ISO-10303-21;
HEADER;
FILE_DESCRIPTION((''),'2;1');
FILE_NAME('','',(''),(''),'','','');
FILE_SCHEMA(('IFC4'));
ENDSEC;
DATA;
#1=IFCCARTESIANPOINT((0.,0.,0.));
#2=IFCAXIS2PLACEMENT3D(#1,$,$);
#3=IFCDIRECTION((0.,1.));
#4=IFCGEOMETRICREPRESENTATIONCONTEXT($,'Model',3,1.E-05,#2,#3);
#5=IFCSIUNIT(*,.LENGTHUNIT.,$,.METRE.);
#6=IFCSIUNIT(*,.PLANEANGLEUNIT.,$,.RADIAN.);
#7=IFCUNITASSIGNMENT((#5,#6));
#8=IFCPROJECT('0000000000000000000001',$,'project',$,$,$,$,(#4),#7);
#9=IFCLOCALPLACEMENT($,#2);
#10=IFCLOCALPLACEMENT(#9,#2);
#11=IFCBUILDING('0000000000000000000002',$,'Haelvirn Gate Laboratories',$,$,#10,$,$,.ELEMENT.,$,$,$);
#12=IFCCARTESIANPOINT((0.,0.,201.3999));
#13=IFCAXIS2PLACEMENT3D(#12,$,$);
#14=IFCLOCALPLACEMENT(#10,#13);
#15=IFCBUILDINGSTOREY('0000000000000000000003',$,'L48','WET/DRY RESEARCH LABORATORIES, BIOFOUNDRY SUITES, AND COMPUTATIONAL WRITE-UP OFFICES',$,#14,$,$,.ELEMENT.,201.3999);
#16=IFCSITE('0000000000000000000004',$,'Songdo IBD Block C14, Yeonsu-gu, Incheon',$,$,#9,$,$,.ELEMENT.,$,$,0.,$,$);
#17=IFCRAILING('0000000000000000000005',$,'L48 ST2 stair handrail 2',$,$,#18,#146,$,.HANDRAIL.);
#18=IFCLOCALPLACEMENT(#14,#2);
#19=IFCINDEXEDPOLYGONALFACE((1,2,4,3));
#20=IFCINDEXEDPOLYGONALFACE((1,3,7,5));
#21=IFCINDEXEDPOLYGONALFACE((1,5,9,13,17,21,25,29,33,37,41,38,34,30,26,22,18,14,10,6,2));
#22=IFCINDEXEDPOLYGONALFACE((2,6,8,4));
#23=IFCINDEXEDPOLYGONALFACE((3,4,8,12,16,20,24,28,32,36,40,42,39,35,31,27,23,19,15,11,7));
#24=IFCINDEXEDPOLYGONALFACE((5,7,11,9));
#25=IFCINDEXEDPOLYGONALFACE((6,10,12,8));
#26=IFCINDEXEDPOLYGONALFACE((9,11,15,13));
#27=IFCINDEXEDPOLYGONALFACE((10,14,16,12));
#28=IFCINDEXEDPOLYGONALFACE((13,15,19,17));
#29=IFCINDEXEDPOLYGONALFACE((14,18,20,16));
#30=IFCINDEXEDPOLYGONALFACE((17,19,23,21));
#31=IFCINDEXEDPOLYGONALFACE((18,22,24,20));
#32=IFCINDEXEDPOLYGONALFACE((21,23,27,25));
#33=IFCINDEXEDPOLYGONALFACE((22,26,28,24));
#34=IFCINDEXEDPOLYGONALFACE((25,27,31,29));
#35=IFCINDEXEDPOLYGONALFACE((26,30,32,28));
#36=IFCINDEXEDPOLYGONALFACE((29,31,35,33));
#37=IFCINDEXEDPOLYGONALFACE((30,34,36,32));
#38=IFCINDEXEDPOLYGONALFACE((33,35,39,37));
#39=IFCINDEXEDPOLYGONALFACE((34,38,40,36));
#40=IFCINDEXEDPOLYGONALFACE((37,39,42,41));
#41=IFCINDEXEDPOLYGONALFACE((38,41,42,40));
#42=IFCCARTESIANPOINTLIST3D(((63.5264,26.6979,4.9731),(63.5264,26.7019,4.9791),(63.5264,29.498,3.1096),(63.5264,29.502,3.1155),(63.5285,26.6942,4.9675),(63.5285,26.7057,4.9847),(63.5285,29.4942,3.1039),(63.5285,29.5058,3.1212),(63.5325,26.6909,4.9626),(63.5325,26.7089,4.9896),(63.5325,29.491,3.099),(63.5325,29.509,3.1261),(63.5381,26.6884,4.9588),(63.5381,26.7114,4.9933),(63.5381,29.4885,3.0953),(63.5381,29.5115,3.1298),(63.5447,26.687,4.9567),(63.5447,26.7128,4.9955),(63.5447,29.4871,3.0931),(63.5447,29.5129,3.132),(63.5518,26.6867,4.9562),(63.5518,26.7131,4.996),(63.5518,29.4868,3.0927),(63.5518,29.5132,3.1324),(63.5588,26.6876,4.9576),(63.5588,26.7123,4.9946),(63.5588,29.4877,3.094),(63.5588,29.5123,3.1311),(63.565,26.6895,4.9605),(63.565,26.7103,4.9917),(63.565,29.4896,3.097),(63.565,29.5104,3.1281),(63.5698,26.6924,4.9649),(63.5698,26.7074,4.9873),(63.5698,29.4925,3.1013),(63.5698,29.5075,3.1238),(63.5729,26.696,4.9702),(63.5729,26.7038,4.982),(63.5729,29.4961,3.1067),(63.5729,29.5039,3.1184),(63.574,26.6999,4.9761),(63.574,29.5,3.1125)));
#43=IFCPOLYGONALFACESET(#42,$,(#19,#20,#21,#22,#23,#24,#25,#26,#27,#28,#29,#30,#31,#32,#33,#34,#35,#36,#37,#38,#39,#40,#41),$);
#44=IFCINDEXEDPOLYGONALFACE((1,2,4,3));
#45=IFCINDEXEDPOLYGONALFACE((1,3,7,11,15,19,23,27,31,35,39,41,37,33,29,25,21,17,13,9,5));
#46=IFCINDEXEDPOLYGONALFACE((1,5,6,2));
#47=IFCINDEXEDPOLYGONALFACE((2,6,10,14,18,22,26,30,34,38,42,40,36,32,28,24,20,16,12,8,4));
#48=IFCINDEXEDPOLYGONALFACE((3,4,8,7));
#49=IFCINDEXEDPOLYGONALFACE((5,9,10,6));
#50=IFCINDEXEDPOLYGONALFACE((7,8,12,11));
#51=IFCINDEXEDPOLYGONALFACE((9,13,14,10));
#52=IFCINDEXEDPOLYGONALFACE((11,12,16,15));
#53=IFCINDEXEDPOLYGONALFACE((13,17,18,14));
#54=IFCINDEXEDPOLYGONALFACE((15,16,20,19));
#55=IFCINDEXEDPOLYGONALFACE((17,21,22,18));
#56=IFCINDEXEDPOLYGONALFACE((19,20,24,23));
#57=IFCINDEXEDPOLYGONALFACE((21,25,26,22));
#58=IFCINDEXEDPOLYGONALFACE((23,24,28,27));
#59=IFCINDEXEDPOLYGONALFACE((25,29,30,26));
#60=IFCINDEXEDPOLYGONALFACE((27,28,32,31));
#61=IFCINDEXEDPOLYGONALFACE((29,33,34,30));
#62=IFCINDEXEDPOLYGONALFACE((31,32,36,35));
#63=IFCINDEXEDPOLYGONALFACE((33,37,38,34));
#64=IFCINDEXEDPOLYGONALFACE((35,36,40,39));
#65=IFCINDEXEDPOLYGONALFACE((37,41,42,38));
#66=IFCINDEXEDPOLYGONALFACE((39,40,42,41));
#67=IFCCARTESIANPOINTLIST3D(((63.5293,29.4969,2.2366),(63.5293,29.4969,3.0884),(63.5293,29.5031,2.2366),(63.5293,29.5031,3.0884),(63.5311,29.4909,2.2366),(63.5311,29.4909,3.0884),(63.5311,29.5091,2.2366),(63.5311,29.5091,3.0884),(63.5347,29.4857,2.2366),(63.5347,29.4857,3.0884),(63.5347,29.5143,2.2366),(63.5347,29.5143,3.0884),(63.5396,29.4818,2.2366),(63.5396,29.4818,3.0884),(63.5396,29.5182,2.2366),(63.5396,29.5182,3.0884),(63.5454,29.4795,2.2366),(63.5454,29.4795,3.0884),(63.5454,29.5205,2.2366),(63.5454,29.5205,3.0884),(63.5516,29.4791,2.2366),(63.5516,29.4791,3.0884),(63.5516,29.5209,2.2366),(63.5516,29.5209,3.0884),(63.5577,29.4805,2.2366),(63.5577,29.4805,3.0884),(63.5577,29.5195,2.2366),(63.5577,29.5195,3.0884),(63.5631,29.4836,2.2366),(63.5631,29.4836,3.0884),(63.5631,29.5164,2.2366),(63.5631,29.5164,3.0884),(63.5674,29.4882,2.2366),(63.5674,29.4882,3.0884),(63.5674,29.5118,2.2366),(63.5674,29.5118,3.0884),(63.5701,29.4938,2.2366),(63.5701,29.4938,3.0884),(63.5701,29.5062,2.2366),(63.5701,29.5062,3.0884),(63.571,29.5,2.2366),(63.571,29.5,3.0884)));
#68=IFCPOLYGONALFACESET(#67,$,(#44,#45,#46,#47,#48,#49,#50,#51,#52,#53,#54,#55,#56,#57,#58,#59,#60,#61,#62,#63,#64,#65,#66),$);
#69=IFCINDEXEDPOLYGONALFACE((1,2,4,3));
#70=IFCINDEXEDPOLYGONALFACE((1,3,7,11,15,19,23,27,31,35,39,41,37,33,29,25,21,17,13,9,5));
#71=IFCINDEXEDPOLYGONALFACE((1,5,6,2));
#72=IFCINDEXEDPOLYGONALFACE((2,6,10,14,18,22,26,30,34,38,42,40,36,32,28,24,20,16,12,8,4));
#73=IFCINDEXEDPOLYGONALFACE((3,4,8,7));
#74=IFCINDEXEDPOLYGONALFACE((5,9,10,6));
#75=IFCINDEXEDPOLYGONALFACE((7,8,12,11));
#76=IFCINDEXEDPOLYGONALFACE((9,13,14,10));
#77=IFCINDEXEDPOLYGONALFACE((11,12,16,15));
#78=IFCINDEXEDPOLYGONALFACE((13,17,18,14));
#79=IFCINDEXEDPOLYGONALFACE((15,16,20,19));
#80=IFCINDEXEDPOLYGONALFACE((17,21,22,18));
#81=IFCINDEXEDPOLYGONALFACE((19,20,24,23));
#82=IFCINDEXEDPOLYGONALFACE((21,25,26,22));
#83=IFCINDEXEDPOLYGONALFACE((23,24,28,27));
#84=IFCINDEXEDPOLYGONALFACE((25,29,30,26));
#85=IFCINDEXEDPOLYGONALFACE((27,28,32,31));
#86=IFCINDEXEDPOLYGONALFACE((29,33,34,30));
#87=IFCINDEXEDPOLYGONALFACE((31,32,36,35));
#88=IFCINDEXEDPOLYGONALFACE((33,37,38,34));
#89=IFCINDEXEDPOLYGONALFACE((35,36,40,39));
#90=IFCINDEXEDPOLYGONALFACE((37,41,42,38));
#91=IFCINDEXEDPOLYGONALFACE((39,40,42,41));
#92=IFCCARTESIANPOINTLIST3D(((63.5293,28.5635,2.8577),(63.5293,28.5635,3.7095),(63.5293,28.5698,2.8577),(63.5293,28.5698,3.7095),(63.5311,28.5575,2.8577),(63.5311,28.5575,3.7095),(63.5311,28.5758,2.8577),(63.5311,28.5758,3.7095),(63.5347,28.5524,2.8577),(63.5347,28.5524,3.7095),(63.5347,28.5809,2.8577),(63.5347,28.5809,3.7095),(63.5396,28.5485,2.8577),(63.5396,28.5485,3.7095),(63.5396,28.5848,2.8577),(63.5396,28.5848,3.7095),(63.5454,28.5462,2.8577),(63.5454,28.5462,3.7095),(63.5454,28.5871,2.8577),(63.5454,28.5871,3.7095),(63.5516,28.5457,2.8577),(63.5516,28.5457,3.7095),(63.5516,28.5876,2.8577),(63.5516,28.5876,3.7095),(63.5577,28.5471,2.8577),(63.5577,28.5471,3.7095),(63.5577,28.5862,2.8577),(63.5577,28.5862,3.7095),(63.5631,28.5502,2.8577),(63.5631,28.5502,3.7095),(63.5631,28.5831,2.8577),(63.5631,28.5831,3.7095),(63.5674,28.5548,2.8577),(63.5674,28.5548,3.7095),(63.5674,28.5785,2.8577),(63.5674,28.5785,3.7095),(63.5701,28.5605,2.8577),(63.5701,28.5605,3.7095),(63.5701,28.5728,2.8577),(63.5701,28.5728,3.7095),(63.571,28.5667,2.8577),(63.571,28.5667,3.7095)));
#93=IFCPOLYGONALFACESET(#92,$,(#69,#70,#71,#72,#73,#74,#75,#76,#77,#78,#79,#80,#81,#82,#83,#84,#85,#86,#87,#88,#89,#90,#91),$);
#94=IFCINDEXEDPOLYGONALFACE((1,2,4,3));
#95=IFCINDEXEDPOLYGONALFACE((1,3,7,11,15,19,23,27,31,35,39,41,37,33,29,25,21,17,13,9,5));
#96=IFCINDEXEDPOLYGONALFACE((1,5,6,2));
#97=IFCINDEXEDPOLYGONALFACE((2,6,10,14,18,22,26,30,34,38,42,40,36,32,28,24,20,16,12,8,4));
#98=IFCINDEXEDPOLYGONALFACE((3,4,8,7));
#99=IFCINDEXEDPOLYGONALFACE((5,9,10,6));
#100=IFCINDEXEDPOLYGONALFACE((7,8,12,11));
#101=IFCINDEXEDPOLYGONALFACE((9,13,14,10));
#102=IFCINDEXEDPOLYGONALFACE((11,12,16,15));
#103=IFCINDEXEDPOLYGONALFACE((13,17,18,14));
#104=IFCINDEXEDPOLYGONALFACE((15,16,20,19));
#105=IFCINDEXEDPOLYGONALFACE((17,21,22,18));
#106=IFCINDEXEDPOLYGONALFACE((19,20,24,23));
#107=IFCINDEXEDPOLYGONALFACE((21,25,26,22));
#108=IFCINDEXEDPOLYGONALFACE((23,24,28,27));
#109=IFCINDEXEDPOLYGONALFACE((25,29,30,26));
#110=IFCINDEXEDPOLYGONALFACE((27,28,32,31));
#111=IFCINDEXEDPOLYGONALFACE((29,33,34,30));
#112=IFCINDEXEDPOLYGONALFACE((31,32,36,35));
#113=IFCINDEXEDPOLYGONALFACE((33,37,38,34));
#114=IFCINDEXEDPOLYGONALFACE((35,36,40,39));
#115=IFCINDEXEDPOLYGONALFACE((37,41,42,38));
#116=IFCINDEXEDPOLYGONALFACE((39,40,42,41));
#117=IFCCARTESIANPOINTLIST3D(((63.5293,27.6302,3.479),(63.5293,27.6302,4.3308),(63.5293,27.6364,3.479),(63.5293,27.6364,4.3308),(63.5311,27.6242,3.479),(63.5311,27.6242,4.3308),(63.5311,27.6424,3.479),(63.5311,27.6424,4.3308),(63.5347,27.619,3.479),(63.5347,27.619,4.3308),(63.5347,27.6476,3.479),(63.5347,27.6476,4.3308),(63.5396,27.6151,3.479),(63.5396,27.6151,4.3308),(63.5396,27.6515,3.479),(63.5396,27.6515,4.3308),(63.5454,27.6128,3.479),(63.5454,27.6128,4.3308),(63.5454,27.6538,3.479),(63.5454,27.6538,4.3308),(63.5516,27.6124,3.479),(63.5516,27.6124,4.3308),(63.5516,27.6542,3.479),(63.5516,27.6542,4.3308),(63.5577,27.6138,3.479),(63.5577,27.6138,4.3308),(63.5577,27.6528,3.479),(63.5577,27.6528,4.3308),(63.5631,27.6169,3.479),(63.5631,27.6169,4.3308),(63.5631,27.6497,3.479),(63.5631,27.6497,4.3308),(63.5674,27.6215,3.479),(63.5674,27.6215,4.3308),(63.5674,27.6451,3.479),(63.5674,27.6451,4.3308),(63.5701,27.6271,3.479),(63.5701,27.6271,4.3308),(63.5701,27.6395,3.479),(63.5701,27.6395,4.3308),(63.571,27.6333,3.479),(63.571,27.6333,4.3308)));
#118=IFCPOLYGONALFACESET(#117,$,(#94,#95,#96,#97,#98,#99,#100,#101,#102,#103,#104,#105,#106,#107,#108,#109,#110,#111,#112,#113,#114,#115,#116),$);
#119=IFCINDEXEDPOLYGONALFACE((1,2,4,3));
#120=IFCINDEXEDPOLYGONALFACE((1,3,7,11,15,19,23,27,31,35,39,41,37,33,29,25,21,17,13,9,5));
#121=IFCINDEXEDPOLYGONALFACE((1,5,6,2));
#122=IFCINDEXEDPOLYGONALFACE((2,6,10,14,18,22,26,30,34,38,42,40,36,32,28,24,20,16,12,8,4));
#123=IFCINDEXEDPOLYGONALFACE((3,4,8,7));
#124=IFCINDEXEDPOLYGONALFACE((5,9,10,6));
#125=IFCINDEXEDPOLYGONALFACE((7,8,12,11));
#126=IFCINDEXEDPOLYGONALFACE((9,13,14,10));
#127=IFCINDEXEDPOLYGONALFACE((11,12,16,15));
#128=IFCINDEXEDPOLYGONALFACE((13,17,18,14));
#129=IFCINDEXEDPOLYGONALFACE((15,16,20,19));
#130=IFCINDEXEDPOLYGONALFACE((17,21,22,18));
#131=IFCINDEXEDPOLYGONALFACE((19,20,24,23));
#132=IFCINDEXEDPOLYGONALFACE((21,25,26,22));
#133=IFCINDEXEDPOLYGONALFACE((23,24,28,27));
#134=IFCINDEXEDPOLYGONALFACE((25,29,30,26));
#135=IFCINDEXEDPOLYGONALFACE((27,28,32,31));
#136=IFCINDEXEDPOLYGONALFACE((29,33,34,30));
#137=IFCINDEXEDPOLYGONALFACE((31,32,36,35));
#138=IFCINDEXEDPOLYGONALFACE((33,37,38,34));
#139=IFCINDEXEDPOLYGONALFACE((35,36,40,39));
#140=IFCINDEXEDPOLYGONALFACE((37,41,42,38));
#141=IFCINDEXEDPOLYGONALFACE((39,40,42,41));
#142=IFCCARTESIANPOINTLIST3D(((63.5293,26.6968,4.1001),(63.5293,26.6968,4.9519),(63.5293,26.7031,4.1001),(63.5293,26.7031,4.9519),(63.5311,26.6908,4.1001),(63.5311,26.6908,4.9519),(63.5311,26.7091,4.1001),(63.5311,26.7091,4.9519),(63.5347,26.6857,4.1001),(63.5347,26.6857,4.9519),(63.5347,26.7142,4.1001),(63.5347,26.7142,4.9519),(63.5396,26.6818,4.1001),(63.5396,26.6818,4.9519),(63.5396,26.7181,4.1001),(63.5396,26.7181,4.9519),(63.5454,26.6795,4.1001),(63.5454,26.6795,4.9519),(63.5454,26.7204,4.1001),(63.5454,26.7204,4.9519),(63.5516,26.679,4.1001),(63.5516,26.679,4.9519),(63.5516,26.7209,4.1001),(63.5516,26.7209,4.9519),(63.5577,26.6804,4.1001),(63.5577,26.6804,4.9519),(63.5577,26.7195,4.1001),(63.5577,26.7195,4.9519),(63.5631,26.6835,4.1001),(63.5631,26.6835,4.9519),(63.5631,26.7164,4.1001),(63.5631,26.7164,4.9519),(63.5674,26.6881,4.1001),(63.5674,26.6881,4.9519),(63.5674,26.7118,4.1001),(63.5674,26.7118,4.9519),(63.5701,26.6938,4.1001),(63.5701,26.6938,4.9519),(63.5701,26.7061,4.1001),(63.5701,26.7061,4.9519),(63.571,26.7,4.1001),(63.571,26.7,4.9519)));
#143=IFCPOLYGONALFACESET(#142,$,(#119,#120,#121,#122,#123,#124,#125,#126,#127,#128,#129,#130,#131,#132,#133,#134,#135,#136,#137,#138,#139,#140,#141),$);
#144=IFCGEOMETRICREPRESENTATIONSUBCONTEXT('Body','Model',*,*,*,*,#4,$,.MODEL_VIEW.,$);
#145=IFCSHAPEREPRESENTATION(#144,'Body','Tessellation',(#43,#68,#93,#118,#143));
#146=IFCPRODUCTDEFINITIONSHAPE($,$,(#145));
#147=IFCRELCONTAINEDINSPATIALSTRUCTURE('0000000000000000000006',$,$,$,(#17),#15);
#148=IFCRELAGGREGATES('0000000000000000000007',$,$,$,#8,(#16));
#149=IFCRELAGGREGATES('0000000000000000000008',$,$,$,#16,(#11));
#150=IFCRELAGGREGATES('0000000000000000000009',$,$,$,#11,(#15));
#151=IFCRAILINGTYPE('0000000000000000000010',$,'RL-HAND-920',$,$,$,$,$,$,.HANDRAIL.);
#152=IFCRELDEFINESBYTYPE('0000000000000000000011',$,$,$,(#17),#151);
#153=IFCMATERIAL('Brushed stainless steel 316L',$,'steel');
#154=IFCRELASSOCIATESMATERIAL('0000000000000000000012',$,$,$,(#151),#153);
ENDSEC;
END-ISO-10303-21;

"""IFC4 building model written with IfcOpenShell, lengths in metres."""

from ifc_helpers import new_model, si_unit, direction, frame, origin, origin_2d, place, context, subcontext, project, spatial, circle, extrude, source, transform, mapped, material, type_object, element, save


model = new_model("IFC4")

# Units and contexts
model_context = context("Model", 3, precision=1e-05, world=origin(), true_north=direction((0.0, 1.0)))
body_context = subcontext(model_context, "Body", "Model", "MODEL_VIEW")
ifc_project = project(units=[si_unit("LENGTHUNIT", "METRE"), si_unit("PLANEANGLEUNIT", "RADIAN")], contexts=[model_context])

# Site, building, storey
site_placement = place(None, origin())
site = spatial("IfcSite", under=ifc_project, at=site_placement, Name="Songdo IBD Block C14, Yeonsu-gu, Incheon", CompositionType="ELEMENT", RefElevation=0.0)
building_placement = place(site_placement, origin())
building = spatial("IfcBuilding", under=site, at=building_placement, Name="Haelvirn Gate Laboratories", CompositionType="ELEMENT")
storey_placement = place(building_placement, frame((0.0, 0.0, 201.3999)))
storey = spatial("IfcBuildingStorey", under=building, at=storey_placement, Name="L48", Description="WET/DRY RESEARCH LABORATORIES, BIOFOUNDRY SUITES, AND COMPUTATIONAL WRITE-UP OFFICES", CompositionType="ELEMENT", Elevation=201.3999)

# Railing
ifc_material_1 = material(Name="Brushed stainless steel 316L", Category="steel")
railing_type_1 = type_object("IfcRailingType", Name="RL-HAND-920", PredefinedType="HANDRAIL", material=ifc_material_1)
shared_shape_1 = source(origin(), body_context, "Body", "SweptSolid", [
    extrude(circle(Radius=0.0239, at=origin_2d()), frame((0.0, 0.0, 0.876), z_axis=(0.0, -0.832486, 0.554047), x_axis=(1.0, 0.0, 0.0)), (0.0, 0.0, 1.0), 3.3635),
    extrude(circle(Radius=0.021, at=origin_2d()), origin(), (0.0, 0.0, 1.0), 0.8518),
    extrude(circle(Radius=0.021, at=origin_2d()), frame((0.0, -0.9333, 0.6211)), (0.0, 0.0, 1.0), 0.8518),
    extrude(circle(Radius=0.021, at=origin_2d()), frame((0.0, -1.8667, 1.2424)), (0.0, 0.0, 1.0), 0.8518),
    extrude(circle(Radius=0.021, at=origin_2d()), frame((0.0, -2.8, 1.8635)), (0.0, 0.0, 1.0), 0.8518),
])
railing_1_placement = place(storey_placement, frame((63.55, 29.5, 2.2366)))
element("IfcRailing", 1, at=railing_1_placement, inside=storey, type_object=railing_type_1, Name="L48 ST2 stair handrail 2", PredefinedType="HANDRAIL", context=body_context, shape_type="MappedRepresentation", body=[
    mapped(shared_shape_1, transform((0.0, 0.0, 0.0), scale=1.0)),
])

save(model, "model.ifc")
